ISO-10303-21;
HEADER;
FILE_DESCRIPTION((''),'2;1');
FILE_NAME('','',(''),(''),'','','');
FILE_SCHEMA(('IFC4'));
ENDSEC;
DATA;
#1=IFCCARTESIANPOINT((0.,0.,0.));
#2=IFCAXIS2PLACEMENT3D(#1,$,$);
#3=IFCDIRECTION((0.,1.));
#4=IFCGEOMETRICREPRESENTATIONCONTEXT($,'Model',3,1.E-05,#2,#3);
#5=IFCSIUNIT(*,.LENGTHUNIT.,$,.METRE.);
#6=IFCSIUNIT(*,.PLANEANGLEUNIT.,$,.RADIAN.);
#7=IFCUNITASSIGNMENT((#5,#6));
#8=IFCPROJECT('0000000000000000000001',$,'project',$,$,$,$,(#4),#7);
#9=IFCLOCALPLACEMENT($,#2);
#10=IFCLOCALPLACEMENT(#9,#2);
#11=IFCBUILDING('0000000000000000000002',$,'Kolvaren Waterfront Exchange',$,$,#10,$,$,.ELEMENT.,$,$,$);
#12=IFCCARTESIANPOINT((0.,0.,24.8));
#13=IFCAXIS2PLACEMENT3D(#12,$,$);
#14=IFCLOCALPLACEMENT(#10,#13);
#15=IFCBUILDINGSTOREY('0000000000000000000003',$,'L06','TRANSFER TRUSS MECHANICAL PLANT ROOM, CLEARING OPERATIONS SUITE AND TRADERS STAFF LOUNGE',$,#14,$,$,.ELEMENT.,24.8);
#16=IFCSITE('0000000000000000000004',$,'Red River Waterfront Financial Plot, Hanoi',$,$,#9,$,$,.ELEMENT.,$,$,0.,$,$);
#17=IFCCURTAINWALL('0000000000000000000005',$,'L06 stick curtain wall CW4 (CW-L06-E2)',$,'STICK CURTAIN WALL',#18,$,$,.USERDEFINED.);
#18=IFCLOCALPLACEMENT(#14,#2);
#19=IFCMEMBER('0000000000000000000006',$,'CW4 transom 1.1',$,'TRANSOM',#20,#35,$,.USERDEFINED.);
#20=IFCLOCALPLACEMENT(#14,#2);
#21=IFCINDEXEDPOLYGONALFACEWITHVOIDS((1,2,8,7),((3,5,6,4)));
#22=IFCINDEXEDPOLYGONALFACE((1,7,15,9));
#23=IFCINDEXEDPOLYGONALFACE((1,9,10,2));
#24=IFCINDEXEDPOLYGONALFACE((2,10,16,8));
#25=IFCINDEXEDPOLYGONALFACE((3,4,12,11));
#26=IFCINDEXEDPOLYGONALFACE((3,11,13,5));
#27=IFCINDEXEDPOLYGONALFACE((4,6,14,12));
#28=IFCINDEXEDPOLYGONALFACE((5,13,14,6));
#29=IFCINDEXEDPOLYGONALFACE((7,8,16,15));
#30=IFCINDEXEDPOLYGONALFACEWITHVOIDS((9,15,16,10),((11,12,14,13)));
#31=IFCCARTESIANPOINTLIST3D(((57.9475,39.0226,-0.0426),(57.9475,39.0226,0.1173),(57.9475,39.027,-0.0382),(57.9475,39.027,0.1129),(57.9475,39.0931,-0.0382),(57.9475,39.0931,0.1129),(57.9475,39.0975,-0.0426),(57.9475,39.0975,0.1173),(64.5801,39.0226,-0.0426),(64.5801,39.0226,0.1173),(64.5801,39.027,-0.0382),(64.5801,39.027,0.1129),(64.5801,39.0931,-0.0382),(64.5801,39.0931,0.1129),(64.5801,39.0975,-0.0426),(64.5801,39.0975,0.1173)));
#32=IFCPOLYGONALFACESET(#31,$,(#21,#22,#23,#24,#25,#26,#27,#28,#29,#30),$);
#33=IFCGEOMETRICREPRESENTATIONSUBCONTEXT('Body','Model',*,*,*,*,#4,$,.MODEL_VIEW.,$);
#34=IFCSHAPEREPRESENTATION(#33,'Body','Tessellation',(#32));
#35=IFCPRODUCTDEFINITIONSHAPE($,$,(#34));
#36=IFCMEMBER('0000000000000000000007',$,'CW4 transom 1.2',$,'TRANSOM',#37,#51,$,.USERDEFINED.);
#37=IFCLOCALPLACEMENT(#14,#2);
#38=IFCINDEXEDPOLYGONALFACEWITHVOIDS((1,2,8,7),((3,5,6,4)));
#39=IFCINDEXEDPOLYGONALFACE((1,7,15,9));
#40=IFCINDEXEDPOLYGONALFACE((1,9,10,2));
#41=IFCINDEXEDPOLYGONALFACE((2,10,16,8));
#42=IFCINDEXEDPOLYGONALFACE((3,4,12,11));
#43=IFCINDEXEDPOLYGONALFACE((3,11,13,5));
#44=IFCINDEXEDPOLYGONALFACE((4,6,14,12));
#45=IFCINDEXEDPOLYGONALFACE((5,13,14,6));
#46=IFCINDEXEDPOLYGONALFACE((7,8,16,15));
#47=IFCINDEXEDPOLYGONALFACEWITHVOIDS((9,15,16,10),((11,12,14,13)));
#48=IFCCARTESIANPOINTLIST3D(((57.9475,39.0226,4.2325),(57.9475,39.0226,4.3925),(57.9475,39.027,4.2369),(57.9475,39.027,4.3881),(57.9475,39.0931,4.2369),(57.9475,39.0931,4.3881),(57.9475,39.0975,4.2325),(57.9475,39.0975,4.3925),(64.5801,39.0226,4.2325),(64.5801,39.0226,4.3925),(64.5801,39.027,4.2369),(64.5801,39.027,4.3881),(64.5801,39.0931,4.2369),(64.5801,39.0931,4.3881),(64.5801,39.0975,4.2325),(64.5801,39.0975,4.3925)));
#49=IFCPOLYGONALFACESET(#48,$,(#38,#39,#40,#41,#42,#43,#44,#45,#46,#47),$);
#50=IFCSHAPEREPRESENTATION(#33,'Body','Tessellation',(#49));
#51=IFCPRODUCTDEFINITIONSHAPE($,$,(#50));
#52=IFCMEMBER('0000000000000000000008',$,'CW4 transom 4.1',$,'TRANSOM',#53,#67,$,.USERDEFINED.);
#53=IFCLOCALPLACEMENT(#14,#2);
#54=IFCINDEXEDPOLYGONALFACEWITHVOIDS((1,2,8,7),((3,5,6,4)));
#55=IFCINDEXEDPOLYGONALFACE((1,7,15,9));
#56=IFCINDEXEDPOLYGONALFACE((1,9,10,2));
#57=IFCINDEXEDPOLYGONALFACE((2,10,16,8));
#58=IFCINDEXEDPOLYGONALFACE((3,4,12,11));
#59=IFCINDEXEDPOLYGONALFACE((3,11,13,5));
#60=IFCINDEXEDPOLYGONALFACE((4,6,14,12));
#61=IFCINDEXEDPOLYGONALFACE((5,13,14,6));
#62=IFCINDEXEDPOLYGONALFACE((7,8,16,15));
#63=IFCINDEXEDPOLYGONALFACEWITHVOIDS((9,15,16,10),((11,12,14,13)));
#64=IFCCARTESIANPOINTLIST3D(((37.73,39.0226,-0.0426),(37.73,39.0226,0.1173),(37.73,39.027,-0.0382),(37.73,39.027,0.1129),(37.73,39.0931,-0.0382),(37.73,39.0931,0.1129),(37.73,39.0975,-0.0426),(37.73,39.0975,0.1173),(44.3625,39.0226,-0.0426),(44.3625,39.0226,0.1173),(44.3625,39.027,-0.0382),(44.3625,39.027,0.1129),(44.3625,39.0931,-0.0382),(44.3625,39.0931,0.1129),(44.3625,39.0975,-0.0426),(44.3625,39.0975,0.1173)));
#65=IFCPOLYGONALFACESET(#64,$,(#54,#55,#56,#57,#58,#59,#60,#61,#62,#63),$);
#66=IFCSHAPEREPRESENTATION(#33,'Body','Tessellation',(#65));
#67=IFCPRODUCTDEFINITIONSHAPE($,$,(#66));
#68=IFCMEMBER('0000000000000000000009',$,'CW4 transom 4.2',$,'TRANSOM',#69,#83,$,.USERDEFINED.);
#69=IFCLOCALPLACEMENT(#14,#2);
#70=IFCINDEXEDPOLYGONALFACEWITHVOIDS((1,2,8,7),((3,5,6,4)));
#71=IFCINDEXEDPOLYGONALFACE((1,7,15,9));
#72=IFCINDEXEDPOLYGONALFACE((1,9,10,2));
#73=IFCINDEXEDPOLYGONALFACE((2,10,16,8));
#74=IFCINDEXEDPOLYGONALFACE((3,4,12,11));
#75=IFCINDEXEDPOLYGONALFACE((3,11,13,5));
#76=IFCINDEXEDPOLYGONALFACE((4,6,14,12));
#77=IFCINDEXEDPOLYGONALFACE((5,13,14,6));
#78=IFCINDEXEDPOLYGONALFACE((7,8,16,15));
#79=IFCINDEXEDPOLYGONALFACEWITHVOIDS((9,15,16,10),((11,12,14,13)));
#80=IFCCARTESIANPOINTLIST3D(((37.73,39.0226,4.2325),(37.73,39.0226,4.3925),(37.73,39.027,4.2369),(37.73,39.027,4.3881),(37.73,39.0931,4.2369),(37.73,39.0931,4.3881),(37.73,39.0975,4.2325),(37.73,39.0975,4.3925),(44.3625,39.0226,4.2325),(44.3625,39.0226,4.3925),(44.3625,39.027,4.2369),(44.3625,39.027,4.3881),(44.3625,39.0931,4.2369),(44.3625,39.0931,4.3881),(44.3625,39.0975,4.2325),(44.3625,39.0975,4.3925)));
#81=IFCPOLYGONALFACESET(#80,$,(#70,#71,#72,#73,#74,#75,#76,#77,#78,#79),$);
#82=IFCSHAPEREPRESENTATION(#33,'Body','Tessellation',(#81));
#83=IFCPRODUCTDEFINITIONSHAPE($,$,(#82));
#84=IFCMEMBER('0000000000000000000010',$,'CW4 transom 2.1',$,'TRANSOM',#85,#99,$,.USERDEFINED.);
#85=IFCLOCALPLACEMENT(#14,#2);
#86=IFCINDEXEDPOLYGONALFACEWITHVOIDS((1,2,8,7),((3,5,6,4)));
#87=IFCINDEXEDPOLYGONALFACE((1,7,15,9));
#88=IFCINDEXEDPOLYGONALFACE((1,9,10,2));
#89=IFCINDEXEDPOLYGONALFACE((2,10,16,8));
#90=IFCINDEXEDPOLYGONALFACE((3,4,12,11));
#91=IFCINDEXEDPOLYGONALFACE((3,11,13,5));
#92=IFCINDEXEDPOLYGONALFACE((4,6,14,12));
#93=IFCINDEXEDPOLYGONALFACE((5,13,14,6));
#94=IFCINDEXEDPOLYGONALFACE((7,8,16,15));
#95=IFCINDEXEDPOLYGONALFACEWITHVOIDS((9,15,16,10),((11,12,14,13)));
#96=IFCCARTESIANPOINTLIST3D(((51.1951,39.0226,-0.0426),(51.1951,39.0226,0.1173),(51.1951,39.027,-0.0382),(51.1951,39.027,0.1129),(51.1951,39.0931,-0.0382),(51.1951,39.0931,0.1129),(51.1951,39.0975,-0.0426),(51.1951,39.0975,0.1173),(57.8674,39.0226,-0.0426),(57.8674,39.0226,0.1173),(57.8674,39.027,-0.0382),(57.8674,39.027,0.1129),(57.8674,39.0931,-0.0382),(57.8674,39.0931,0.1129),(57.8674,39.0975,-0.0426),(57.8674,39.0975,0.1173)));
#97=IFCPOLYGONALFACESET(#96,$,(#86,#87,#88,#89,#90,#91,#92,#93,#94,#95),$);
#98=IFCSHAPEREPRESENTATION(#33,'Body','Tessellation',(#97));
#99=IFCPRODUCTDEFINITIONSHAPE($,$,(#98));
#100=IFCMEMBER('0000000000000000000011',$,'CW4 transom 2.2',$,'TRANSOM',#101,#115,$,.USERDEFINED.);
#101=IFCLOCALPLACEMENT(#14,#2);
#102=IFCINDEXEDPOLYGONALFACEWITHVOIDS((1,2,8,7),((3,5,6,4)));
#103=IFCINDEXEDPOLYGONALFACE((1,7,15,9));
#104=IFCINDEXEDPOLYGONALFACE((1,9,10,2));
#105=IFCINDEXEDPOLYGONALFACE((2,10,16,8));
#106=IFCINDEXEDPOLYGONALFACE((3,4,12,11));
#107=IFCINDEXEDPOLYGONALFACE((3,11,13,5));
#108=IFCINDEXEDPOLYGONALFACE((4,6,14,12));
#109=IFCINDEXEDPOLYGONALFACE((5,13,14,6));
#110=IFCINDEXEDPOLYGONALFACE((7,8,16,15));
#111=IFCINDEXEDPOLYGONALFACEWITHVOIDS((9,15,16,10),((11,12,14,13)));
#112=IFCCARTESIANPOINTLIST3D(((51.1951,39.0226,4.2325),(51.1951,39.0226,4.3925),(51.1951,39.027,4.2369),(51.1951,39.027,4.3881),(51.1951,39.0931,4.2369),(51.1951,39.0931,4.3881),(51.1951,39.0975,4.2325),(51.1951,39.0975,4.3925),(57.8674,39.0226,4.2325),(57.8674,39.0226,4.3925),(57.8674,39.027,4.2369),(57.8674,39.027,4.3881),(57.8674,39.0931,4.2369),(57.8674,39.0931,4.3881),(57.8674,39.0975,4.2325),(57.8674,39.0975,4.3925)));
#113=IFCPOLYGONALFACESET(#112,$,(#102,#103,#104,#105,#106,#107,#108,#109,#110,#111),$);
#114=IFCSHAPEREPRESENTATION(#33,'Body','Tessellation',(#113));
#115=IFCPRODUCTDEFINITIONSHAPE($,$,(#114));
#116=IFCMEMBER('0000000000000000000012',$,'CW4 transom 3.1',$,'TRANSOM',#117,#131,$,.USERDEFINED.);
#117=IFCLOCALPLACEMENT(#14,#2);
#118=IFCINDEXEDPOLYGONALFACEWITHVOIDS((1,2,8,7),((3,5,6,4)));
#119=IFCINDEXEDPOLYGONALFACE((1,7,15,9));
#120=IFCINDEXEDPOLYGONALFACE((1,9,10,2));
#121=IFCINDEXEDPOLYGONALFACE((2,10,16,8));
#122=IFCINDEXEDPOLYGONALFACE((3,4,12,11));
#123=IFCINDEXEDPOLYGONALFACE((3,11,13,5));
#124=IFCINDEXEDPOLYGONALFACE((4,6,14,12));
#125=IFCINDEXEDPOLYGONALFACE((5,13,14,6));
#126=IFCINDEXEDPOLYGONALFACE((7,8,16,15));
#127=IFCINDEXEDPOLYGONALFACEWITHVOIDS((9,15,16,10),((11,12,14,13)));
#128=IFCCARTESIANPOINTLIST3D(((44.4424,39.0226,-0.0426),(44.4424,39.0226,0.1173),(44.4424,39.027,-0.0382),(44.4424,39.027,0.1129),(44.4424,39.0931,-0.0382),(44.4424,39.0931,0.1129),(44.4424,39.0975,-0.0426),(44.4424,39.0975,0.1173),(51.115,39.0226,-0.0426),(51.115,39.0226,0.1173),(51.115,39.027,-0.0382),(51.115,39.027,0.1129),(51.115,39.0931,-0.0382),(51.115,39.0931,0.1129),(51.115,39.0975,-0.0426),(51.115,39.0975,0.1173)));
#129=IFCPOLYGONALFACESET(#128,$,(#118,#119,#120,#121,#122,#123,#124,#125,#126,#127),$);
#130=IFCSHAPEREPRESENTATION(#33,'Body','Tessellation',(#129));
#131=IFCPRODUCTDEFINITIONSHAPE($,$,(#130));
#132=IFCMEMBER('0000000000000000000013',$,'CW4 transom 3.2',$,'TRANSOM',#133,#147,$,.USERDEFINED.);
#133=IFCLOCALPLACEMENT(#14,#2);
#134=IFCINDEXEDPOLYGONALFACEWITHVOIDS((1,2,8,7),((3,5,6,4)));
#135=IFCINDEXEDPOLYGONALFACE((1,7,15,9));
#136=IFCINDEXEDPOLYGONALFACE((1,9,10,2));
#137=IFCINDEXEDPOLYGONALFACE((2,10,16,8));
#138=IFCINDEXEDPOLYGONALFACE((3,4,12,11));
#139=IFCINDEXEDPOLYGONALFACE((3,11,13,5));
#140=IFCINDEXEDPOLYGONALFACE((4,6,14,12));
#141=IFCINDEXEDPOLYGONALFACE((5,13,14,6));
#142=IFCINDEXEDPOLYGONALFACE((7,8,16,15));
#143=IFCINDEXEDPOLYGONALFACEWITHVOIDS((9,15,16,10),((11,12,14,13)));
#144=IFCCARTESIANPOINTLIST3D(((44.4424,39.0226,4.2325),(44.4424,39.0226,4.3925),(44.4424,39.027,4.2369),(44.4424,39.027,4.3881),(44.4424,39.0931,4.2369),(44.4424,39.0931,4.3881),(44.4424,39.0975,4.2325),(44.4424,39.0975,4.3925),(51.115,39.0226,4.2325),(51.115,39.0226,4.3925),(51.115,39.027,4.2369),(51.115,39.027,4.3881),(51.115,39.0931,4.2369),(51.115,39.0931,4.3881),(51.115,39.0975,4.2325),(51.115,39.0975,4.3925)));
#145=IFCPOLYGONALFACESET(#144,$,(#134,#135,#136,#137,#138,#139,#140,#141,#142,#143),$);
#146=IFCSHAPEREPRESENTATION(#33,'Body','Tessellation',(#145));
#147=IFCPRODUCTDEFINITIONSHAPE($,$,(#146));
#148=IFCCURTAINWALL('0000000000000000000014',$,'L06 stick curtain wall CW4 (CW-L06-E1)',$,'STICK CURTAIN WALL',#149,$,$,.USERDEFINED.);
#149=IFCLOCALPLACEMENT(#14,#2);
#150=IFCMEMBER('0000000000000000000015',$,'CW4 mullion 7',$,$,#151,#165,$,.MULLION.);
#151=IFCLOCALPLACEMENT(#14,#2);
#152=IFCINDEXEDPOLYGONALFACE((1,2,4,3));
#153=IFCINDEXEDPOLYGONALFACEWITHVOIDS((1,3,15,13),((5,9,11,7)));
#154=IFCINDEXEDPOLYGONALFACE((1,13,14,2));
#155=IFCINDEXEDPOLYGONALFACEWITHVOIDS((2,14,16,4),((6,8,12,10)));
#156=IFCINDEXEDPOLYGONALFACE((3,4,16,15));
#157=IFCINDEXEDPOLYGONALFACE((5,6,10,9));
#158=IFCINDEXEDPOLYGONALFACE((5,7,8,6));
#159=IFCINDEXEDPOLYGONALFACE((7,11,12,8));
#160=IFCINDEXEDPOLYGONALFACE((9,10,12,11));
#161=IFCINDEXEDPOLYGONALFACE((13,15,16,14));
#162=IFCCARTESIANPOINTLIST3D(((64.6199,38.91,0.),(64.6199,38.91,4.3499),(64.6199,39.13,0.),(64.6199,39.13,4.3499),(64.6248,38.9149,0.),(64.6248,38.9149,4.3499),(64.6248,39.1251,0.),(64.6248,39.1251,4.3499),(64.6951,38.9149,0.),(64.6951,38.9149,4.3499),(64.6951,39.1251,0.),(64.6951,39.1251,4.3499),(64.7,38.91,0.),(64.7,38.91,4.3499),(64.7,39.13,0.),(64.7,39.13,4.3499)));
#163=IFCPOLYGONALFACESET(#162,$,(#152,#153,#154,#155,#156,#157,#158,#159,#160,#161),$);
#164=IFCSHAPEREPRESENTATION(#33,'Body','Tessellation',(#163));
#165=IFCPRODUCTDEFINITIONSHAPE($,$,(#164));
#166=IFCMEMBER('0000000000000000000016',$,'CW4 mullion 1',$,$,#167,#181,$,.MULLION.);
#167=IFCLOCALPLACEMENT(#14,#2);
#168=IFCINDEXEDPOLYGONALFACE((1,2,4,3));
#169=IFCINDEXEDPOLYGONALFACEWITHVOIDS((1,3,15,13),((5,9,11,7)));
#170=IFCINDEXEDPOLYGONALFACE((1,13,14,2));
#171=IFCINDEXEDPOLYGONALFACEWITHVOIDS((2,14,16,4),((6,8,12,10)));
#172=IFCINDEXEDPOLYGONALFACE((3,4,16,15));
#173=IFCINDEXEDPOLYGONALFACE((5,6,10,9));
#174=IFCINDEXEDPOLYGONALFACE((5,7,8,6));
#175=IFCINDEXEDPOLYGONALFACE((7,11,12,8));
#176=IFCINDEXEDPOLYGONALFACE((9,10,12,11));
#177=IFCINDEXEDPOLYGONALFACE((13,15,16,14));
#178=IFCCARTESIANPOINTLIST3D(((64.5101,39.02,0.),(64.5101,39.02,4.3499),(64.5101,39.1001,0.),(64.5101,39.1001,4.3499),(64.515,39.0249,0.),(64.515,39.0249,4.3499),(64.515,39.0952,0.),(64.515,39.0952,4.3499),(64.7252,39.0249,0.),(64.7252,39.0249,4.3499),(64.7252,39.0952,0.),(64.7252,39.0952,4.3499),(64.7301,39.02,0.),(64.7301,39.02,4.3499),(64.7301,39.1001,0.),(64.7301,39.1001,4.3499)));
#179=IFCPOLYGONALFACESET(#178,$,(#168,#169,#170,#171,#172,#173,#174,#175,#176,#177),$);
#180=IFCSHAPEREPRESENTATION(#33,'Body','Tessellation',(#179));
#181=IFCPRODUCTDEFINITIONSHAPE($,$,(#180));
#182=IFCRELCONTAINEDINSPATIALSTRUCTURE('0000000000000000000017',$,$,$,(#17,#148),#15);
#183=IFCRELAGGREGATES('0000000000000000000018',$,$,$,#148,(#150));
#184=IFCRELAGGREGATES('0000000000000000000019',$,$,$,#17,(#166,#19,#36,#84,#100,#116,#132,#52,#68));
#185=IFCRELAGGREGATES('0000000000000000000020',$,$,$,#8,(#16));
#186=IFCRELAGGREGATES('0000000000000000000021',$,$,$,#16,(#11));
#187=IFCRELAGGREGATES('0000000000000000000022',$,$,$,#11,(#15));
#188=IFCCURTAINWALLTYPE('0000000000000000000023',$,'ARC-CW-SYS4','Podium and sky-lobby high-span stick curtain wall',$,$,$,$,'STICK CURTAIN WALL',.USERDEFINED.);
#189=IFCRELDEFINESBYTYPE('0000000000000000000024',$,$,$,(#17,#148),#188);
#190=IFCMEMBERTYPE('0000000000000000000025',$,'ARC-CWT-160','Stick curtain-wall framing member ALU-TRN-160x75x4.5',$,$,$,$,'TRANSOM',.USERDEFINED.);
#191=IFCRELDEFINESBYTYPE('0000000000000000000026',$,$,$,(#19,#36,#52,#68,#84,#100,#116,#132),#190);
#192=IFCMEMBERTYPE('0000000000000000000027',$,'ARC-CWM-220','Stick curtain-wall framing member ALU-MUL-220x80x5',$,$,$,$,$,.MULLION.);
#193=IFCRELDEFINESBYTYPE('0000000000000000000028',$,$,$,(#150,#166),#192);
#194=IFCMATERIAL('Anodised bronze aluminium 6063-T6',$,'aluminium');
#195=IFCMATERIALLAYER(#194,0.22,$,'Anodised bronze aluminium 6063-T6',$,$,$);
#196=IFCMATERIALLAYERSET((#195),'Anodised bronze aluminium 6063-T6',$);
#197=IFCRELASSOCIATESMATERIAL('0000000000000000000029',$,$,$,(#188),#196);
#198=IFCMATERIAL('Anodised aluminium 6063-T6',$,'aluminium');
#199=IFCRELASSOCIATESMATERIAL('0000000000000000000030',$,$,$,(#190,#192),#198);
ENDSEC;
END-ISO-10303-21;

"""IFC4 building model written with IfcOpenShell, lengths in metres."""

from ifc_helpers import new_model, si_unit, direction, frame, origin, origin_with_axes, origin_2d, place, context, subcontext, project, spatial, hollow_rectangle, extrude, source, transform, mapped, material, layer, layer_set, material_profile, profile_set, type_object, element, aggregate, save


model = new_model("IFC4")

# Units and contexts
model_context = context("Model", 3, precision=1e-05, world=origin(), true_north=direction((0.0, 1.0)))
body_context = subcontext(model_context, "Body", "Model", "MODEL_VIEW")
ifc_project = project(units=[si_unit("LENGTHUNIT", "METRE"), si_unit("PLANEANGLEUNIT", "RADIAN")], contexts=[model_context])

# Site, building, storey
site_placement = place(None, origin())
site = spatial("IfcSite", under=ifc_project, at=site_placement, Name="Red River Waterfront Financial Plot, Hanoi", CompositionType="ELEMENT", RefElevation=0.0)
building_placement = place(site_placement, origin())
building = spatial("IfcBuilding", under=site, at=building_placement, Name="Kolvaren Waterfront Exchange", CompositionType="ELEMENT")
storey_placement = place(building_placement, frame((0.0, 0.0, 24.8)))
storey = spatial("IfcBuildingStorey", under=building, at=storey_placement, Name="L06", Description="TRANSFER TRUSS MECHANICAL PLANT ROOM, CLEARING OPERATIONS SUITE AND TRADERS STAFF LOUNGE", CompositionType="ELEMENT", Elevation=24.8)

# Curtain wall, members
ifc_material_1 = material(Name="Anodised bronze aluminium 6063-T6", Category="aluminium")
ifc_layer_1 = layer(ifc_material_1, 0.22, Name="Anodised bronze aluminium 6063-T6")
ifc_layer_set_1 = layer_set([ifc_layer_1], Name="Anodised bronze aluminium 6063-T6")
curtain_wall_type = type_object("IfcCurtainWallType", Name="ARC-CW-SYS4", Description="Podium and sky-lobby high-span stick curtain wall", ElementType="STICK CURTAIN WALL", PredefinedType="USERDEFINED", material=ifc_layer_set_1)
curtain_wall_1_placement = place(storey_placement, origin())
curtain_wall_1 = element("IfcCurtainWall", 1, at=curtain_wall_1_placement, inside=storey, type_object=curtain_wall_type, Name="L06 stick curtain wall CW4 (CW-L06-E2)", ObjectType="STICK CURTAIN WALL", PredefinedType="USERDEFINED")
ifc_material_2 = material(Name="Anodised aluminium 6063-T6", Category="aluminium")
ifc_material_profile_1 = material_profile(ifc_material_2, hollow_rectangle(XDim=0.075, YDim=0.1599, WallThickness=0.0044, at=origin_2d()), Name="ALU-TRN-160x75x4.5")
ifc_profile_set_1 = profile_set([ifc_material_profile_1], Name="Anodised aluminium 6063-T6")
member_type_1 = type_object("IfcMemberType", Name="ARC-CWT-160", Description="Stick curtain-wall framing member ALU-TRN-160x75x4.5", ElementType="TRANSOM", PredefinedType="USERDEFINED", material=ifc_profile_set_1)
shared_shape_1 = source(origin_with_axes(), body_context, "Body", "SweptSolid", [
    extrude(hollow_rectangle(XDim=0.075, YDim=0.1599, WallThickness=0.0044, at=origin_2d()), origin(), (0.0, 0.0, 1.0), 6.6326),
])
member_1_placement = place(storey_placement, frame((64.5801, 39.0601, 0.0374), z_axis=(-1.0, 0.0, 0.0), x_axis=(0.0, -1.0, 0.0)))
member_1 = element("IfcMember", 2, at=member_1_placement, type_object=member_type_1, Name="CW4 transom 1.1", ObjectType="TRANSOM", PredefinedType="USERDEFINED", context=body_context, shape_type="MappedRepresentation", body=[
    mapped(shared_shape_1, transform((0.0, 0.0, 0.0), x_axis=(1.0, 0.0, 0.0), y_axis=(0.0, 1.0, 0.0), z_axis=(0.0, 0.0, 1.0), scale=1.0)),
])
member_2_placement = place(storey_placement, frame((64.5801, 39.0601, 4.3125), z_axis=(-1.0, 0.0, 0.0), x_axis=(0.0, -1.0, 0.0)))
member_2 = element("IfcMember", 3, at=member_2_placement, type_object=member_type_1, Name="CW4 transom 1.2", ObjectType="TRANSOM", PredefinedType="USERDEFINED", context=body_context, shape_type="MappedRepresentation", body=[
    mapped(shared_shape_1, transform((0.0, 0.0, 0.0), x_axis=(1.0, 0.0, 0.0), y_axis=(0.0, 1.0, 0.0), z_axis=(0.0, 0.0, 1.0), scale=1.0)),
])
member_3_placement = place(storey_placement, frame((44.3625, 39.0601, 0.0374), z_axis=(-1.0, 0.0, 0.0), x_axis=(0.0, -1.0, 0.0)))
member_3 = element("IfcMember", 4, at=member_3_placement, type_object=member_type_1, Name="CW4 transom 4.1", ObjectType="TRANSOM", PredefinedType="USERDEFINED", context=body_context, shape_type="MappedRepresentation", body=[
    mapped(shared_shape_1, transform((0.0, 0.0, 0.0), x_axis=(1.0, 0.0, 0.0), y_axis=(0.0, 1.0, 0.0), z_axis=(0.0, 0.0, 1.0), scale=1.0)),
])
member_4_placement = place(storey_placement, frame((44.3625, 39.0601, 4.3125), z_axis=(-1.0, 0.0, 0.0), x_axis=(0.0, -1.0, 0.0)))
member_4 = element("IfcMember", 5, at=member_4_placement, type_object=member_type_1, Name="CW4 transom 4.2", ObjectType="TRANSOM", PredefinedType="USERDEFINED", context=body_context, shape_type="MappedRepresentation", body=[
    mapped(shared_shape_1, transform((0.0, 0.0, 0.0), x_axis=(1.0, 0.0, 0.0), y_axis=(0.0, 1.0, 0.0), z_axis=(0.0, 0.0, 1.0), scale=1.0)),
])
shared_shape_2 = source(origin_with_axes(), body_context, "Body", "SweptSolid", [
    extrude(hollow_rectangle(XDim=0.075, YDim=0.1599, WallThickness=0.0044, at=origin_2d()), origin(), (0.0, 0.0, 1.0), 6.6724),
])
member_5_placement = place(storey_placement, frame((57.8674, 39.0601, 0.0374), z_axis=(-1.0, 0.0, 0.0), x_axis=(0.0, -1.0, 0.0)))
member_5 = element("IfcMember", 6, at=member_5_placement, type_object=member_type_1, Name="CW4 transom 2.1", ObjectType="TRANSOM", PredefinedType="USERDEFINED", context=body_context, shape_type="MappedRepresentation", body=[
    mapped(shared_shape_2, transform((0.0, 0.0, 0.0), x_axis=(1.0, 0.0, 0.0), y_axis=(0.0, 1.0, 0.0), z_axis=(0.0, 0.0, 1.0), scale=1.0)),
])
member_6_placement = place(storey_placement, frame((57.8674, 39.0601, 4.3125), z_axis=(-1.0, 0.0, 0.0), x_axis=(0.0, -1.0, 0.0)))
member_6 = element("IfcMember", 7, at=member_6_placement, type_object=member_type_1, Name="CW4 transom 2.2", ObjectType="TRANSOM", PredefinedType="USERDEFINED", context=body_context, shape_type="MappedRepresentation", body=[
    mapped(shared_shape_2, transform((0.0, 0.0, 0.0), x_axis=(1.0, 0.0, 0.0), y_axis=(0.0, 1.0, 0.0), z_axis=(0.0, 0.0, 1.0), scale=1.0)),
])
shared_shape_3 = source(origin_with_axes(), body_context, "Body", "SweptSolid", [
    extrude(hollow_rectangle(XDim=0.075, YDim=0.1599, WallThickness=0.0044, at=origin_2d()), origin(), (0.0, 0.0, 1.0), 6.6726),
])
member_7_placement = place(storey_placement, frame((51.115, 39.0601, 0.0374), z_axis=(-1.0, 0.0, 0.0), x_axis=(0.0, -1.0, 0.0)))
member_7 = element("IfcMember", 8, at=member_7_placement, type_object=member_type_1, Name="CW4 transom 3.1", ObjectType="TRANSOM", PredefinedType="USERDEFINED", context=body_context, shape_type="MappedRepresentation", body=[
    mapped(shared_shape_3, transform((0.0, 0.0, 0.0), x_axis=(1.0, 0.0, 0.0), y_axis=(0.0, 1.0, 0.0), z_axis=(0.0, 0.0, 1.0), scale=1.0)),
])
member_8_placement = place(storey_placement, frame((51.115, 39.0601, 4.3125), z_axis=(-1.0, 0.0, 0.0), x_axis=(0.0, -1.0, 0.0)))
member_8 = element("IfcMember", 9, at=member_8_placement, type_object=member_type_1, Name="CW4 transom 3.2", ObjectType="TRANSOM", PredefinedType="USERDEFINED", context=body_context, shape_type="MappedRepresentation", body=[
    mapped(shared_shape_3, transform((0.0, 0.0, 0.0), x_axis=(1.0, 0.0, 0.0), y_axis=(0.0, 1.0, 0.0), z_axis=(0.0, 0.0, 1.0), scale=1.0)),
])

# Curtain wall, member
curtain_wall_2_placement = place(storey_placement, origin())
curtain_wall_2 = element("IfcCurtainWall", 10, at=curtain_wall_2_placement, inside=storey, type_object=curtain_wall_type, Name="L06 stick curtain wall CW4 (CW-L06-E1)", ObjectType="STICK CURTAIN WALL", PredefinedType="USERDEFINED")
ifc_material_profile_2 = material_profile(ifc_material_2, hollow_rectangle(XDim=0.0801, YDim=0.22, WallThickness=0.0049, at=origin_2d()), Name="ALU-MUL-220x80x5")
ifc_profile_set_2 = profile_set([ifc_material_profile_2], Name="Anodised aluminium 6063-T6")
member_type_2 = type_object("IfcMemberType", Name="ARC-CWM-220", Description="Stick curtain-wall framing member ALU-MUL-220x80x5", PredefinedType="MULLION", material=ifc_profile_set_2)
shared_shape_4 = source(origin_with_axes(), body_context, "Body", "SweptSolid", [
    extrude(hollow_rectangle(XDim=0.0801, YDim=0.22, WallThickness=0.0049, at=origin_2d()), origin(), (0.0, 0.0, 1.0), 4.3499),
])
member_9_placement = place(storey_placement, frame((64.6599, 39.02, 0.0), z_axis=(0.0, 0.0, 1.0), x_axis=(-1.0, 0.0, 0.0)))
member_9 = element("IfcMember", 11, at=member_9_placement, type_object=member_type_2, Name="CW4 mullion 7", PredefinedType="MULLION", context=body_context, shape_type="MappedRepresentation", body=[
    mapped(shared_shape_4, transform((0.0, 0.0, 0.0), x_axis=(1.0, 0.0, 0.0), y_axis=(0.0, 1.0, 0.0), z_axis=(0.0, 0.0, 1.0), scale=1.0)),
])

# Member
member_10_placement = place(storey_placement, frame((64.6201, 39.0601, 0.0), z_axis=(0.0, 0.0, 1.0), x_axis=(0.0, -1.0, 0.0)))
member_10 = element("IfcMember", 12, at=member_10_placement, type_object=member_type_2, Name="CW4 mullion 1", PredefinedType="MULLION", context=body_context, shape_type="MappedRepresentation", body=[
    mapped(shared_shape_4, transform((0.0, 0.0, 0.0), x_axis=(1.0, 0.0, 0.0), y_axis=(0.0, 1.0, 0.0), z_axis=(0.0, 0.0, 1.0), scale=1.0)),
])

aggregate(curtain_wall_2, [member_9])
aggregate(curtain_wall_1, [member_10, member_1, member_2, member_5, member_6, member_7, member_8, member_3, member_4])

save(model, "model.ifc")
